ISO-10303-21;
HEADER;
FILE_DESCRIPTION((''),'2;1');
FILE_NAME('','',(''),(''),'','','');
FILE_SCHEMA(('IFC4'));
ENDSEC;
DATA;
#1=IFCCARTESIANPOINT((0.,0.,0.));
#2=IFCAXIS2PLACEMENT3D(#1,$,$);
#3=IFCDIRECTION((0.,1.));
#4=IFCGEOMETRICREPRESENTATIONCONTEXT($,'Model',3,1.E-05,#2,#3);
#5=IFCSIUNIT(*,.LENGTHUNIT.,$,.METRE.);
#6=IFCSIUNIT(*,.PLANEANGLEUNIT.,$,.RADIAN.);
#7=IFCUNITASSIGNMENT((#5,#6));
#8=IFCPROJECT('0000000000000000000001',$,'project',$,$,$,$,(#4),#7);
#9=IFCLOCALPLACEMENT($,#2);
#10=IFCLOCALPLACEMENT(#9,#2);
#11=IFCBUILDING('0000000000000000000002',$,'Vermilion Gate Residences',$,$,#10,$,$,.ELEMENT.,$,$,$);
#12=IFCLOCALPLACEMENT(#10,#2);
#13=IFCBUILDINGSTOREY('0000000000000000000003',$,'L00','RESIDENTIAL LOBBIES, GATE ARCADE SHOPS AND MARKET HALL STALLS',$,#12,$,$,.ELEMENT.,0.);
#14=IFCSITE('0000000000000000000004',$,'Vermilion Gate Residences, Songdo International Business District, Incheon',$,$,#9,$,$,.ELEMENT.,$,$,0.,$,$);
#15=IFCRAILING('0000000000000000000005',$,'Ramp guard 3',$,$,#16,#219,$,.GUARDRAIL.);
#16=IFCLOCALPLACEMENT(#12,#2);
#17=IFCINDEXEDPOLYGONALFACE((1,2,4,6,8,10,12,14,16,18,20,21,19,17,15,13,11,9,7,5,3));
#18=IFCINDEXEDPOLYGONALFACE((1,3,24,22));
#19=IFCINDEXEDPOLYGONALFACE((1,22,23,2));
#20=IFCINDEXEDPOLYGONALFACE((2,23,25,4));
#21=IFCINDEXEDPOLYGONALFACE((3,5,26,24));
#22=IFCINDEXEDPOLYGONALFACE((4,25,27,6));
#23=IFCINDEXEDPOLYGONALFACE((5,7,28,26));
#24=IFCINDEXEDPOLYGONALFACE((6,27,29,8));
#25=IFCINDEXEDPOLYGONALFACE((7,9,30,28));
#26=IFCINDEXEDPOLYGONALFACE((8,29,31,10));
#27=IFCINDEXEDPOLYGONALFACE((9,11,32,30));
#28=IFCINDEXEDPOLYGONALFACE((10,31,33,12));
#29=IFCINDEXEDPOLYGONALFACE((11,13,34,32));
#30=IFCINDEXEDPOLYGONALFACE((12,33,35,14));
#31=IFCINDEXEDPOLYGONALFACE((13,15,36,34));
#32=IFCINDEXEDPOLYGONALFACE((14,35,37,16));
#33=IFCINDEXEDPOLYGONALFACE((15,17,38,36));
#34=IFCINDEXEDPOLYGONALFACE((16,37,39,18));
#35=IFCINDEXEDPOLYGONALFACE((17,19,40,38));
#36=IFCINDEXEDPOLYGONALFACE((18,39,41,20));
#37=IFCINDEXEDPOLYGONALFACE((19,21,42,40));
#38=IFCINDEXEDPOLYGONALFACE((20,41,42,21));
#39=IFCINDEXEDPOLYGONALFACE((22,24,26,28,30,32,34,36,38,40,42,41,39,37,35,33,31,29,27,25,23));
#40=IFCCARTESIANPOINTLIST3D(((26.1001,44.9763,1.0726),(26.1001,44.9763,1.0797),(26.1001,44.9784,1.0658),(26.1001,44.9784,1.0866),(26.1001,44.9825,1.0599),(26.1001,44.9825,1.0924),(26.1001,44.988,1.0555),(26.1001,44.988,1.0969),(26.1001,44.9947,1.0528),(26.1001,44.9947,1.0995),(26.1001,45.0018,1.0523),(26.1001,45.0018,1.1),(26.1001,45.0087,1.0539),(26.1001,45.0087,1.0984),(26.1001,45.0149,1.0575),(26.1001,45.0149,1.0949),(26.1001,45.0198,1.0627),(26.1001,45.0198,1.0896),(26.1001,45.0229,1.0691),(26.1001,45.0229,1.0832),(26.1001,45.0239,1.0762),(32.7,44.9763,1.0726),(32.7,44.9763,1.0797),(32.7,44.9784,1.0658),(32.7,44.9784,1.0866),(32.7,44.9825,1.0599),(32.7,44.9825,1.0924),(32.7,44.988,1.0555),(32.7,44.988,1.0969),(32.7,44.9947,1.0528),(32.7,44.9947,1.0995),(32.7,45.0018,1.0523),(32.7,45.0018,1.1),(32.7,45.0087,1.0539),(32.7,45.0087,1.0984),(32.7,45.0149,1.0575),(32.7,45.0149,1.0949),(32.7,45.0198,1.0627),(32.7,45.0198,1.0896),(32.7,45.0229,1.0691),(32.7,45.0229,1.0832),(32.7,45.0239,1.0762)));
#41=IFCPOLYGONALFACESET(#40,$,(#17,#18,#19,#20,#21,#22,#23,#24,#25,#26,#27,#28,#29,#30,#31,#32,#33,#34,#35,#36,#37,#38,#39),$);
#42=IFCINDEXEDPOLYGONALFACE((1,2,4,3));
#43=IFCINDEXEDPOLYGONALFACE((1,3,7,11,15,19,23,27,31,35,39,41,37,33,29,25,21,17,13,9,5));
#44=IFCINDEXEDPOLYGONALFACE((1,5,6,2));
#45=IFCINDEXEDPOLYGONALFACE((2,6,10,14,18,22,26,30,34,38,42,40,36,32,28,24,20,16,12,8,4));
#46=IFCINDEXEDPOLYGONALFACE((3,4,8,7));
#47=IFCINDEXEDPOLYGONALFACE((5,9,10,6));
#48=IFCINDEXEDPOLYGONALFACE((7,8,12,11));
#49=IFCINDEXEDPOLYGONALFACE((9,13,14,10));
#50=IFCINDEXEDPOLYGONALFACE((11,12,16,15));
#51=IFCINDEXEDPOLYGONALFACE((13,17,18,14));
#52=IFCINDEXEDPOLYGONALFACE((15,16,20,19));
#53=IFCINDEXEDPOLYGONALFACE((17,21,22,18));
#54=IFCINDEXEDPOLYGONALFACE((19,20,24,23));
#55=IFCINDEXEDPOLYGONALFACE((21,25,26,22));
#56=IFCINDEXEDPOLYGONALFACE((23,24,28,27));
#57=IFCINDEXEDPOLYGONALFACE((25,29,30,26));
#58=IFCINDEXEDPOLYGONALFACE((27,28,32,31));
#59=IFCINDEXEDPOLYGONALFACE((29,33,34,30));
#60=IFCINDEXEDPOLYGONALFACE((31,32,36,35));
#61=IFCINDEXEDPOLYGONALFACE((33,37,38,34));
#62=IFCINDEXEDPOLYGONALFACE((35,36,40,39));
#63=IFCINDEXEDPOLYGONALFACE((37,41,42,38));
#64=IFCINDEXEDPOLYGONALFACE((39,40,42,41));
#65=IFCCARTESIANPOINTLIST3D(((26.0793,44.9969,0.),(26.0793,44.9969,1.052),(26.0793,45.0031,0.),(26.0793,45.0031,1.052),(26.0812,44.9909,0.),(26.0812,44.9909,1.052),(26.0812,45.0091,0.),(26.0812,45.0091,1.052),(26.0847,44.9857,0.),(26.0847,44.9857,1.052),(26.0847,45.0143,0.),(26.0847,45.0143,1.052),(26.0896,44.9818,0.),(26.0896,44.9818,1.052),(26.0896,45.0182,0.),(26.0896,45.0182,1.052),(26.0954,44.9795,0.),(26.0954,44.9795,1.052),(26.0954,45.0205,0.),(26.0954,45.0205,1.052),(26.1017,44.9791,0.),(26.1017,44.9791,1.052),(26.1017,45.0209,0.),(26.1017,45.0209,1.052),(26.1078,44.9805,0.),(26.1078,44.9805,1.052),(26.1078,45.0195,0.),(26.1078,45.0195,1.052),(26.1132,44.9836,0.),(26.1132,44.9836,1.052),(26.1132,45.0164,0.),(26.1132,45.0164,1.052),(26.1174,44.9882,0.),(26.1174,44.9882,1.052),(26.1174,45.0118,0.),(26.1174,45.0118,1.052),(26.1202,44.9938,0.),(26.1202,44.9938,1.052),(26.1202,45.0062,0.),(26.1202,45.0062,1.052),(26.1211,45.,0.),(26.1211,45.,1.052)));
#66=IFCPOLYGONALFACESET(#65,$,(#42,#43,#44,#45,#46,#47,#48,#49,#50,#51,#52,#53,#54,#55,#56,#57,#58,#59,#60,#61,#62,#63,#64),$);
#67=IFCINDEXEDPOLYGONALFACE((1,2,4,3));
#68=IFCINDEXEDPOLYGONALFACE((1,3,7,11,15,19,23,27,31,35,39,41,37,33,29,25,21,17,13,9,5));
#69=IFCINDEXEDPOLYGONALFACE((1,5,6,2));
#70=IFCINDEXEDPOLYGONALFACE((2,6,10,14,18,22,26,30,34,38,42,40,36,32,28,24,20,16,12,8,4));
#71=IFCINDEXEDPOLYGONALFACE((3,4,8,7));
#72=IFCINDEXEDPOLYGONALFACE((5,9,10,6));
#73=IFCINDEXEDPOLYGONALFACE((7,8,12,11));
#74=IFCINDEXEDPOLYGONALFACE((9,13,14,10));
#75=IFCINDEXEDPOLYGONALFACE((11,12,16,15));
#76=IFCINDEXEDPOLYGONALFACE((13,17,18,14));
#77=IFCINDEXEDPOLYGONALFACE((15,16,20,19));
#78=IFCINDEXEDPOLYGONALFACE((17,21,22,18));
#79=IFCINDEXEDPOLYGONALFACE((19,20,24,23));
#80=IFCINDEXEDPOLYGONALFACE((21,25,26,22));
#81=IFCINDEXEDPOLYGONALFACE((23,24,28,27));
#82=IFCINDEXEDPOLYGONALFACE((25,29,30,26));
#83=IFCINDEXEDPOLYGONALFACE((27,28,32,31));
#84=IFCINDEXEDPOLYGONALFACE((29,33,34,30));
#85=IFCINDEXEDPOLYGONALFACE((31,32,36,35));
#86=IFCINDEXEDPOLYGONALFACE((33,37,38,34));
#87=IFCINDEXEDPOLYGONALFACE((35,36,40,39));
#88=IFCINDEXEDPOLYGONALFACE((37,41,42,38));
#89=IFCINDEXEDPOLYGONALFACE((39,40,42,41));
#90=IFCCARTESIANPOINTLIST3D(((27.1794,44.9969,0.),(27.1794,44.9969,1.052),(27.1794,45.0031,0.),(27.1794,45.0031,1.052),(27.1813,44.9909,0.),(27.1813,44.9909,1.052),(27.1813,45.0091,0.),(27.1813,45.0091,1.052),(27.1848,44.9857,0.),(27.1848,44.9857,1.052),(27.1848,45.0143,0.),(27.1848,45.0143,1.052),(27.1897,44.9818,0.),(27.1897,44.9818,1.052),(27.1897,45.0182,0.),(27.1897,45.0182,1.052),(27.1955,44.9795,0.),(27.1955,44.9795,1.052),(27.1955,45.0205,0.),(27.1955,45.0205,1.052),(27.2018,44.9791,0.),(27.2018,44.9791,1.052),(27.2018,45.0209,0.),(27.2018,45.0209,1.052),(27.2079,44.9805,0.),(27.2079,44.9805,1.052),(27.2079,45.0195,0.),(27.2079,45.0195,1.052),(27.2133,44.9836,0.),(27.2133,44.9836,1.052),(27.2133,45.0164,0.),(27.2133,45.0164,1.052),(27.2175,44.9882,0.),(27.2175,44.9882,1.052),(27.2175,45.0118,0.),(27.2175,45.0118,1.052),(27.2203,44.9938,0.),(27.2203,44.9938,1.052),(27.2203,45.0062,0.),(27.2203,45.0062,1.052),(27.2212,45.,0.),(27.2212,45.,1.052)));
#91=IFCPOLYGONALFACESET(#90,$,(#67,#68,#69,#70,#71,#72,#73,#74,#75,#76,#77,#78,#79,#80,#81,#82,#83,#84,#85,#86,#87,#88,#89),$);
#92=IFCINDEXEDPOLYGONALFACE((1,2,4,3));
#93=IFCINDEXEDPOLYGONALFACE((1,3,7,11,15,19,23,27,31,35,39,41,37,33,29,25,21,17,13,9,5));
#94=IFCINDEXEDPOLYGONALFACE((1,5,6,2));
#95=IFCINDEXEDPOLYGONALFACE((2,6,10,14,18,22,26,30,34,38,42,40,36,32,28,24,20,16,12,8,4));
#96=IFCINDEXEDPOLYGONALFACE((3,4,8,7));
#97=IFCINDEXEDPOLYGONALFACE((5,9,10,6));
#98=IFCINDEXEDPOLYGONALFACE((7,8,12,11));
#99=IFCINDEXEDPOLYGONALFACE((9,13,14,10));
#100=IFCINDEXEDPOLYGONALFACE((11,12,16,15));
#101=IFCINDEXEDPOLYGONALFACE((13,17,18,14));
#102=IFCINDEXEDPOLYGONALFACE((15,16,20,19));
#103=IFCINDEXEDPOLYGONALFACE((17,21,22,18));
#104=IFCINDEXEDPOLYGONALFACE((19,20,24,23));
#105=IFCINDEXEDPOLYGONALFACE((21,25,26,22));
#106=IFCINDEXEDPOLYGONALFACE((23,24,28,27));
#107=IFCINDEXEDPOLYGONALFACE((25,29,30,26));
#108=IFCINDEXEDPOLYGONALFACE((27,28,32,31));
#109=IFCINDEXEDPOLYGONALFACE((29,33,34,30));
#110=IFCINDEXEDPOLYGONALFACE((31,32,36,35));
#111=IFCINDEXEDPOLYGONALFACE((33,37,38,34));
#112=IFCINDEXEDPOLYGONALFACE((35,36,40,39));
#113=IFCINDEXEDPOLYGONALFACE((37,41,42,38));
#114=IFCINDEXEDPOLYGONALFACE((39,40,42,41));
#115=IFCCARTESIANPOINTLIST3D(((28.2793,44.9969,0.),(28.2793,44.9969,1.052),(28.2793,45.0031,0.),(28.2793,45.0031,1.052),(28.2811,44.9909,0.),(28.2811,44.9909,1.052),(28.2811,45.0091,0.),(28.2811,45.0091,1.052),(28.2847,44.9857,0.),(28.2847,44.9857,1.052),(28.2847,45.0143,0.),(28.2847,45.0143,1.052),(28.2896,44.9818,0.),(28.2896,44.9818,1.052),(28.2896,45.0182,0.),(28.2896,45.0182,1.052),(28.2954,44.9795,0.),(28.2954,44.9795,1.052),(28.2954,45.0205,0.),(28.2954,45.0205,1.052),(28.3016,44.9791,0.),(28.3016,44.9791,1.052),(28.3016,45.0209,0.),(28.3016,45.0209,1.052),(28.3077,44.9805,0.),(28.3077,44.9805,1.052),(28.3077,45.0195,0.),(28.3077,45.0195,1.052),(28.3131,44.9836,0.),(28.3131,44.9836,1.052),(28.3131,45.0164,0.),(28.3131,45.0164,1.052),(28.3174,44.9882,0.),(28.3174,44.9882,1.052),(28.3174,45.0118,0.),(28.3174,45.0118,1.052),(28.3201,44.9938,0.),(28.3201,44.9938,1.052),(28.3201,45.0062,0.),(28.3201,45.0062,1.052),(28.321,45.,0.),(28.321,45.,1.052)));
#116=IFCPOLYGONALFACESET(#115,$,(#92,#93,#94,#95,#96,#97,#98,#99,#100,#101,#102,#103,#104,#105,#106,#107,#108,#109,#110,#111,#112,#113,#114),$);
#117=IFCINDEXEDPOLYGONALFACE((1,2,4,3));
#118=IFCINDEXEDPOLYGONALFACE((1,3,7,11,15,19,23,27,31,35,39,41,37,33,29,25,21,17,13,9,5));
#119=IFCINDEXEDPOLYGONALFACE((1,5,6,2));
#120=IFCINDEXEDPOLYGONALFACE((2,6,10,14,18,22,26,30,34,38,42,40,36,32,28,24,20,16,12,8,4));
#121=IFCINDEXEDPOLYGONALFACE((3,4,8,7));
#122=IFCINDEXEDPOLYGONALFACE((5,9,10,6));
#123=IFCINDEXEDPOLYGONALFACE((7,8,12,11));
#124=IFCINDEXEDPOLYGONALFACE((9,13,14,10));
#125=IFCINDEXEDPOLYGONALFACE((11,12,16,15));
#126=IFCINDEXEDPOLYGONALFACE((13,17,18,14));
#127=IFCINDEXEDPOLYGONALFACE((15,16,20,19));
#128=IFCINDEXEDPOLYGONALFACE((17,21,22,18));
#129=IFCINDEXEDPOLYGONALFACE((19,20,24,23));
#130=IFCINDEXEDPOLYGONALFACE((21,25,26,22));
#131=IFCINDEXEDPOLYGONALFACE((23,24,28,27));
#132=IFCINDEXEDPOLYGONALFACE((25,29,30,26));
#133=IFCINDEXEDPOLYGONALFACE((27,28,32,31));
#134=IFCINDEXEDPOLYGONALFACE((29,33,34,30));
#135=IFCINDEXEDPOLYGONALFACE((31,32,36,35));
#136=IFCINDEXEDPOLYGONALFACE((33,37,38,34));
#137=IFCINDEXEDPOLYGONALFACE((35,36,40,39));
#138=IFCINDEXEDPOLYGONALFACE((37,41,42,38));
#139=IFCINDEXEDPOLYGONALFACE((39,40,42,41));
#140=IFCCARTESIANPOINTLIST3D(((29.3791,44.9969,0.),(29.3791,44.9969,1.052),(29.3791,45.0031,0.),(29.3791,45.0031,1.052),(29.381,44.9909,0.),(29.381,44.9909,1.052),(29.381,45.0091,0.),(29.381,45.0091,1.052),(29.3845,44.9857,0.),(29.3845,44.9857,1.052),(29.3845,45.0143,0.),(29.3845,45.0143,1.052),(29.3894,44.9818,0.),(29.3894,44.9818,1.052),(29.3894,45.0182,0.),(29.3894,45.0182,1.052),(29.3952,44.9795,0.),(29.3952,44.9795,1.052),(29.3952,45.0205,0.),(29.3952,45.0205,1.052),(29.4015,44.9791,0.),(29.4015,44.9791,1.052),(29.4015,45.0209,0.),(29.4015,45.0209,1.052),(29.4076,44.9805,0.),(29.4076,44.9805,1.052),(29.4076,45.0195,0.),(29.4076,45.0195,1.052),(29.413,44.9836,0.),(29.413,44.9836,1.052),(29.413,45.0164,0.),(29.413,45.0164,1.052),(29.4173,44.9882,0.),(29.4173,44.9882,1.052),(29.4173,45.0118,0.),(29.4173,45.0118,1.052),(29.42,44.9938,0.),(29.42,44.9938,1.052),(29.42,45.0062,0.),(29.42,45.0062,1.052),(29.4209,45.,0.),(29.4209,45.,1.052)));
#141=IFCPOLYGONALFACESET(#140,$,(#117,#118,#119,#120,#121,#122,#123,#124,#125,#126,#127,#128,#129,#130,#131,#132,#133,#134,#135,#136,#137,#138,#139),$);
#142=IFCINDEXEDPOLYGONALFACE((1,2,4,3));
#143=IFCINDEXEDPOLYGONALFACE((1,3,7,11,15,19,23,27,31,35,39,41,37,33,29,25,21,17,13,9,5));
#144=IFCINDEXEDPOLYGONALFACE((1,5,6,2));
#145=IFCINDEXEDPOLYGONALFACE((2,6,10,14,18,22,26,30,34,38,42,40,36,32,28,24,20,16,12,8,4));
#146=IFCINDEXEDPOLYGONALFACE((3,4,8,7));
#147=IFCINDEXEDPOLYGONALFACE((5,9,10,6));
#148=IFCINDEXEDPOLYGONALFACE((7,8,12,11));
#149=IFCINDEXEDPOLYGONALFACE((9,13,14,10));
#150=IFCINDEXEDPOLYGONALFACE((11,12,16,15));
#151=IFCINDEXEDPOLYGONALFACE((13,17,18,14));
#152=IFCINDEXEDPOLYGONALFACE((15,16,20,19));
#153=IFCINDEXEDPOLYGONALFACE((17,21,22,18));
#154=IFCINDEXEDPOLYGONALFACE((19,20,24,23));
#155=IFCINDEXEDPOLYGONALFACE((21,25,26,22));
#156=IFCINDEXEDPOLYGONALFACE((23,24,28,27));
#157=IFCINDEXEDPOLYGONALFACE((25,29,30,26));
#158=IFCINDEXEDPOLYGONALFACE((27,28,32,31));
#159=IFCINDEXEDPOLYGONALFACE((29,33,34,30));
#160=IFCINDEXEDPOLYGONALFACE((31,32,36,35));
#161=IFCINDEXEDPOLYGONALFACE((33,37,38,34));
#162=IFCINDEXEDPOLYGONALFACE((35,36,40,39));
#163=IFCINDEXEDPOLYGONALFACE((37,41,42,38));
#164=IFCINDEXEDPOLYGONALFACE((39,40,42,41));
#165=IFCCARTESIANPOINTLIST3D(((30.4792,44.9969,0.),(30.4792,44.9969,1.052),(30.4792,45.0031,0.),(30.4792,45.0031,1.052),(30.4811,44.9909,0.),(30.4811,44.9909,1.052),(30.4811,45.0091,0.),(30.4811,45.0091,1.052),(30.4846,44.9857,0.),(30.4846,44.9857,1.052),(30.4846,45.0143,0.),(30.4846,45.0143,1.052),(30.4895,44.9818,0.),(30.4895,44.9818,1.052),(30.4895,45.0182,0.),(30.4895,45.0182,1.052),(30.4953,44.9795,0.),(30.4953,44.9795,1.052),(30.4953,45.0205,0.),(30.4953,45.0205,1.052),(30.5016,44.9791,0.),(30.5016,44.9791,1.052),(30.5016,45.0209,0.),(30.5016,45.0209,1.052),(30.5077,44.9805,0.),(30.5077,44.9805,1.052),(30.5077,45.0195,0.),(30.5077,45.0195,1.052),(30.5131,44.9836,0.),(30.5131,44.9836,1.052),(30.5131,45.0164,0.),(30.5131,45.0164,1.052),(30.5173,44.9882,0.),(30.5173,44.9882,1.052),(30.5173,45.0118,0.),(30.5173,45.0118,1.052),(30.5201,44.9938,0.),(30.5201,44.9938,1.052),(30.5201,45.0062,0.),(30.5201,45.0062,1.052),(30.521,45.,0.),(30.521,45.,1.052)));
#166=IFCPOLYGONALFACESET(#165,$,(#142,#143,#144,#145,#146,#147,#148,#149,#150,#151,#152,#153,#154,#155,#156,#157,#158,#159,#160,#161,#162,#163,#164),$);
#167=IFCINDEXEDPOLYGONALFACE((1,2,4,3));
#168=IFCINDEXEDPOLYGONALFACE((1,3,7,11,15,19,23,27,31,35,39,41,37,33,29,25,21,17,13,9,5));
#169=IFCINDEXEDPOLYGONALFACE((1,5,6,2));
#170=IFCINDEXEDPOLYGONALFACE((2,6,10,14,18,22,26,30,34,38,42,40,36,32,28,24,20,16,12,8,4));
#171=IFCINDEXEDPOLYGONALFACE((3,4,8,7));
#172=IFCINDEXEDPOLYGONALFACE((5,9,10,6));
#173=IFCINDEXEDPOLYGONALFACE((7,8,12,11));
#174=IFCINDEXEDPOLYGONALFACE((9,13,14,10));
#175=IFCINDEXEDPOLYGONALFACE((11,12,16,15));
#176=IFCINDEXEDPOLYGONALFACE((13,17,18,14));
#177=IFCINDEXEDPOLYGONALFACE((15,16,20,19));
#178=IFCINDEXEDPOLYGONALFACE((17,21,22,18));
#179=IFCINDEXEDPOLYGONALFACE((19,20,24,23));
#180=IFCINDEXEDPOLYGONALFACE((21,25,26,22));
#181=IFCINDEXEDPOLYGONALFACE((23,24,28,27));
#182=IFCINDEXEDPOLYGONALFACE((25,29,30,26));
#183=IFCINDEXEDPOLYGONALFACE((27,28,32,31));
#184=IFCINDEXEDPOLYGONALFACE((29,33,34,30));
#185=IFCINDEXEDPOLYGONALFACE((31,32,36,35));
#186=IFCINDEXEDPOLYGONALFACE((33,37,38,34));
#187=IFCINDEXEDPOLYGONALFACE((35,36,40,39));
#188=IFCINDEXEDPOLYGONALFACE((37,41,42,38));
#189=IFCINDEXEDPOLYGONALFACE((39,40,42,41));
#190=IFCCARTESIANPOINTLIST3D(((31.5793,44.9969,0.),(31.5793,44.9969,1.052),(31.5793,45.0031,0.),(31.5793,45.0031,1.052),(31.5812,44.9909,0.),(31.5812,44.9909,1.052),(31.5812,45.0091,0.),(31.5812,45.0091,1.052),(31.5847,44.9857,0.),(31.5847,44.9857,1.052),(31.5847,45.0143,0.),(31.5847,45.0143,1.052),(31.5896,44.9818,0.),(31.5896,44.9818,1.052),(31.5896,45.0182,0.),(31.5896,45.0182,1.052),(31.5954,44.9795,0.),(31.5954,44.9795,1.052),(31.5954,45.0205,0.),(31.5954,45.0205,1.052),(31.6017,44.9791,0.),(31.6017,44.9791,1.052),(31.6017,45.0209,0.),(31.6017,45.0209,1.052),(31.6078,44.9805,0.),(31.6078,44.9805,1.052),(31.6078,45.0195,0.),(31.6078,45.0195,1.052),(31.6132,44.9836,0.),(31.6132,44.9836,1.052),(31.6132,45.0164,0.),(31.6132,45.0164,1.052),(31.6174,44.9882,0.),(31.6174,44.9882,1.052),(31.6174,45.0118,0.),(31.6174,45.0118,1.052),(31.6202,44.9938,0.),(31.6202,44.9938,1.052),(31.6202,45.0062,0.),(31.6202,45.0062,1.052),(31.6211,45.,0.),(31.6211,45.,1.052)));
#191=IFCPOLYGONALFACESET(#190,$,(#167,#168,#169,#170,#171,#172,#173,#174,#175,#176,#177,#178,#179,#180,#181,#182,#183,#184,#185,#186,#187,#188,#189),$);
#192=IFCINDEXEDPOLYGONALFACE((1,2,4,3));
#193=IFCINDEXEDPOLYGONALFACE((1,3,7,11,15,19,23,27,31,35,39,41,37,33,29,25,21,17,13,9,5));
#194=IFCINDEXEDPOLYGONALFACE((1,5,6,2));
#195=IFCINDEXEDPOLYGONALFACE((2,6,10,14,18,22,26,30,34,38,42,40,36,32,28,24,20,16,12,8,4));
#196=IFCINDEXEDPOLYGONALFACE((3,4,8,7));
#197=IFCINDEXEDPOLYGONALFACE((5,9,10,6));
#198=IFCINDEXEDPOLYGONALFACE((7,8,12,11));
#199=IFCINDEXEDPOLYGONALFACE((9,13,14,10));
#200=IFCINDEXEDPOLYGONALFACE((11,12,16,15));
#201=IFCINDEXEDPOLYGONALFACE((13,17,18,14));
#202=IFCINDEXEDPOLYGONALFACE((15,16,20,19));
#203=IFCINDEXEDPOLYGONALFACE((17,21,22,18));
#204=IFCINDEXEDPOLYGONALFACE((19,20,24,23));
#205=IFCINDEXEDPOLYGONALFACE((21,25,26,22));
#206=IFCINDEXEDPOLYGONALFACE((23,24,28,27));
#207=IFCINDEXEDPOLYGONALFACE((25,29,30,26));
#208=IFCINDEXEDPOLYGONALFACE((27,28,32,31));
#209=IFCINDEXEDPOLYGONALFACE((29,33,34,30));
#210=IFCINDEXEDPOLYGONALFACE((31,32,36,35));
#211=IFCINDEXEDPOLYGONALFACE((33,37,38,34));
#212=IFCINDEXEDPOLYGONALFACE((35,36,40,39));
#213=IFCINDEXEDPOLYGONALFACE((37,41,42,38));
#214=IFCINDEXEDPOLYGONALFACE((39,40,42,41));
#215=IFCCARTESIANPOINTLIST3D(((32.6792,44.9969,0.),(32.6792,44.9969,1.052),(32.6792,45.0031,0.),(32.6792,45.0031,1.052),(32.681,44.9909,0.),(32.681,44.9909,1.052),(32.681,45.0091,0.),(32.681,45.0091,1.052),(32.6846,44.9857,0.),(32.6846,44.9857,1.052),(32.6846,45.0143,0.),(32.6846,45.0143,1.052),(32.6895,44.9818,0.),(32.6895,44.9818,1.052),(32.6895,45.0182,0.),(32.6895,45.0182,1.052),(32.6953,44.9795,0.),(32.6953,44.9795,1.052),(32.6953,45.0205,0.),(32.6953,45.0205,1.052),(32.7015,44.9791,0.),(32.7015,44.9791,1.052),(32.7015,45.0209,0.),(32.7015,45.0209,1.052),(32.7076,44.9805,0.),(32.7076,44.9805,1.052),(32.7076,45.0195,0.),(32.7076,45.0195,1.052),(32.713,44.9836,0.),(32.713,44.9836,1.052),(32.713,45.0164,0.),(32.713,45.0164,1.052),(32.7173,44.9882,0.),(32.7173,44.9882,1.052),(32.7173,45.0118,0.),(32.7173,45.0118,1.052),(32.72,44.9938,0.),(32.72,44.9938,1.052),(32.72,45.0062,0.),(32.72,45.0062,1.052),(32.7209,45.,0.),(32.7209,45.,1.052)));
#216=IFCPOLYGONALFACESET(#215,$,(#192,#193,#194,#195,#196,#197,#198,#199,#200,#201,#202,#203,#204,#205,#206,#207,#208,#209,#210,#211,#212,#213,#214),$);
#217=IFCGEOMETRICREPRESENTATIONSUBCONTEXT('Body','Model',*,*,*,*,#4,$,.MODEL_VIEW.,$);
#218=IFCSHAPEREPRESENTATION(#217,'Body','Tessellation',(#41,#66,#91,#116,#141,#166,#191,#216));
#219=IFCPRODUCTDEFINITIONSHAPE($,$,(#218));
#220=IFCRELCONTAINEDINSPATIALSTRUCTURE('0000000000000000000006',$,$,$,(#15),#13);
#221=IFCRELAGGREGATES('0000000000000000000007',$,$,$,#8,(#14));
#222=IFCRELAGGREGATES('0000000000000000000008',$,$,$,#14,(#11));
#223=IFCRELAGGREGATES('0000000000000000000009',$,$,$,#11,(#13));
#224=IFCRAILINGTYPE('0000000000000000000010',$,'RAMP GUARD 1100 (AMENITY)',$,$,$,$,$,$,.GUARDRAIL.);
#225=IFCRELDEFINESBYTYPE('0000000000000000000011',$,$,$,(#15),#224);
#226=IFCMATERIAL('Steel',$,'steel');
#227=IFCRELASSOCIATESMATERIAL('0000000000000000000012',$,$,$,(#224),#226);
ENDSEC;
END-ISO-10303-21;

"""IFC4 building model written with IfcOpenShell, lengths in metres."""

from ifc_helpers import new_model, si_unit, direction, frame, origin, origin_2d, place, context, subcontext, project, spatial, circle, extrude, material, type_object, element, save


model = new_model("IFC4")

# Units and contexts
model_context = context("Model", 3, precision=1e-05, world=origin(), true_north=direction((0.0, 1.0)))
body_context = subcontext(model_context, "Body", "Model", "MODEL_VIEW")
ifc_project = project(units=[si_unit("LENGTHUNIT", "METRE"), si_unit("PLANEANGLEUNIT", "RADIAN")], contexts=[model_context])

# Site, building, storey
site_placement = place(None, origin())
site = spatial("IfcSite", under=ifc_project, at=site_placement, Name="Vermilion Gate Residences, Songdo International Business District, Incheon", CompositionType="ELEMENT", RefElevation=0.0)
building_placement = place(site_placement, origin())
building = spatial("IfcBuilding", under=site, at=building_placement, Name="Vermilion Gate Residences", CompositionType="ELEMENT")
storey_placement = place(building_placement, origin())
storey = spatial("IfcBuildingStorey", under=building, at=storey_placement, Name="L00", Description="RESIDENTIAL LOBBIES, GATE ARCADE SHOPS AND MARKET HALL STALLS", CompositionType="ELEMENT", Elevation=0.0)

# Railing
ifc_material_1 = material(Name="Steel", Category="steel")
railing_type_1 = type_object("IfcRailingType", Name="RAMP GUARD 1100 (AMENITY)", PredefinedType="GUARDRAIL", material=ifc_material_1)
railing_1_placement = place(storey_placement, frame((26.1001, 45.0, 0.0)))
element("IfcRailing", 1, at=railing_1_placement, inside=storey, type_object=railing_type_1, Name="Ramp guard 3", PredefinedType="GUARDRAIL", context=body_context, shape_type="SweptSolid", body=[
    extrude(circle(Radius=0.0239, at=origin_2d()), frame((0.0, 0.0, 1.0762), z_axis=(1.0, 0.0, 0.0), x_axis=(0.0, 1.0, 0.0)), (0.0, 0.0, 1.0), 6.5999),
    extrude(circle(Radius=0.021, at=origin_2d()), origin(), (0.0, 0.0, 1.0), 1.052),
    extrude(circle(Radius=0.021, at=origin_2d()), frame((1.1001, 0.0, 0.0)), (0.0, 0.0, 1.0), 1.052),
    extrude(circle(Radius=0.021, at=origin_2d()), frame((2.2, 0.0, 0.0)), (0.0, 0.0, 1.0), 1.052),
    extrude(circle(Radius=0.021, at=origin_2d()), frame((3.2998, 0.0, 0.0)), (0.0, 0.0, 1.0), 1.052),
    extrude(circle(Radius=0.021, at=origin_2d()), frame((4.3999, 0.0, 0.0)), (0.0, 0.0, 1.0), 1.052),
    extrude(circle(Radius=0.021, at=origin_2d()), frame((5.5, 0.0, 0.0)), (0.0, 0.0, 1.0), 1.052),
    extrude(circle(Radius=0.021, at=origin_2d()), frame((6.5999, 0.0, 0.0)), (0.0, 0.0, 1.0), 1.052),
])

save(model, "model.ifc")
